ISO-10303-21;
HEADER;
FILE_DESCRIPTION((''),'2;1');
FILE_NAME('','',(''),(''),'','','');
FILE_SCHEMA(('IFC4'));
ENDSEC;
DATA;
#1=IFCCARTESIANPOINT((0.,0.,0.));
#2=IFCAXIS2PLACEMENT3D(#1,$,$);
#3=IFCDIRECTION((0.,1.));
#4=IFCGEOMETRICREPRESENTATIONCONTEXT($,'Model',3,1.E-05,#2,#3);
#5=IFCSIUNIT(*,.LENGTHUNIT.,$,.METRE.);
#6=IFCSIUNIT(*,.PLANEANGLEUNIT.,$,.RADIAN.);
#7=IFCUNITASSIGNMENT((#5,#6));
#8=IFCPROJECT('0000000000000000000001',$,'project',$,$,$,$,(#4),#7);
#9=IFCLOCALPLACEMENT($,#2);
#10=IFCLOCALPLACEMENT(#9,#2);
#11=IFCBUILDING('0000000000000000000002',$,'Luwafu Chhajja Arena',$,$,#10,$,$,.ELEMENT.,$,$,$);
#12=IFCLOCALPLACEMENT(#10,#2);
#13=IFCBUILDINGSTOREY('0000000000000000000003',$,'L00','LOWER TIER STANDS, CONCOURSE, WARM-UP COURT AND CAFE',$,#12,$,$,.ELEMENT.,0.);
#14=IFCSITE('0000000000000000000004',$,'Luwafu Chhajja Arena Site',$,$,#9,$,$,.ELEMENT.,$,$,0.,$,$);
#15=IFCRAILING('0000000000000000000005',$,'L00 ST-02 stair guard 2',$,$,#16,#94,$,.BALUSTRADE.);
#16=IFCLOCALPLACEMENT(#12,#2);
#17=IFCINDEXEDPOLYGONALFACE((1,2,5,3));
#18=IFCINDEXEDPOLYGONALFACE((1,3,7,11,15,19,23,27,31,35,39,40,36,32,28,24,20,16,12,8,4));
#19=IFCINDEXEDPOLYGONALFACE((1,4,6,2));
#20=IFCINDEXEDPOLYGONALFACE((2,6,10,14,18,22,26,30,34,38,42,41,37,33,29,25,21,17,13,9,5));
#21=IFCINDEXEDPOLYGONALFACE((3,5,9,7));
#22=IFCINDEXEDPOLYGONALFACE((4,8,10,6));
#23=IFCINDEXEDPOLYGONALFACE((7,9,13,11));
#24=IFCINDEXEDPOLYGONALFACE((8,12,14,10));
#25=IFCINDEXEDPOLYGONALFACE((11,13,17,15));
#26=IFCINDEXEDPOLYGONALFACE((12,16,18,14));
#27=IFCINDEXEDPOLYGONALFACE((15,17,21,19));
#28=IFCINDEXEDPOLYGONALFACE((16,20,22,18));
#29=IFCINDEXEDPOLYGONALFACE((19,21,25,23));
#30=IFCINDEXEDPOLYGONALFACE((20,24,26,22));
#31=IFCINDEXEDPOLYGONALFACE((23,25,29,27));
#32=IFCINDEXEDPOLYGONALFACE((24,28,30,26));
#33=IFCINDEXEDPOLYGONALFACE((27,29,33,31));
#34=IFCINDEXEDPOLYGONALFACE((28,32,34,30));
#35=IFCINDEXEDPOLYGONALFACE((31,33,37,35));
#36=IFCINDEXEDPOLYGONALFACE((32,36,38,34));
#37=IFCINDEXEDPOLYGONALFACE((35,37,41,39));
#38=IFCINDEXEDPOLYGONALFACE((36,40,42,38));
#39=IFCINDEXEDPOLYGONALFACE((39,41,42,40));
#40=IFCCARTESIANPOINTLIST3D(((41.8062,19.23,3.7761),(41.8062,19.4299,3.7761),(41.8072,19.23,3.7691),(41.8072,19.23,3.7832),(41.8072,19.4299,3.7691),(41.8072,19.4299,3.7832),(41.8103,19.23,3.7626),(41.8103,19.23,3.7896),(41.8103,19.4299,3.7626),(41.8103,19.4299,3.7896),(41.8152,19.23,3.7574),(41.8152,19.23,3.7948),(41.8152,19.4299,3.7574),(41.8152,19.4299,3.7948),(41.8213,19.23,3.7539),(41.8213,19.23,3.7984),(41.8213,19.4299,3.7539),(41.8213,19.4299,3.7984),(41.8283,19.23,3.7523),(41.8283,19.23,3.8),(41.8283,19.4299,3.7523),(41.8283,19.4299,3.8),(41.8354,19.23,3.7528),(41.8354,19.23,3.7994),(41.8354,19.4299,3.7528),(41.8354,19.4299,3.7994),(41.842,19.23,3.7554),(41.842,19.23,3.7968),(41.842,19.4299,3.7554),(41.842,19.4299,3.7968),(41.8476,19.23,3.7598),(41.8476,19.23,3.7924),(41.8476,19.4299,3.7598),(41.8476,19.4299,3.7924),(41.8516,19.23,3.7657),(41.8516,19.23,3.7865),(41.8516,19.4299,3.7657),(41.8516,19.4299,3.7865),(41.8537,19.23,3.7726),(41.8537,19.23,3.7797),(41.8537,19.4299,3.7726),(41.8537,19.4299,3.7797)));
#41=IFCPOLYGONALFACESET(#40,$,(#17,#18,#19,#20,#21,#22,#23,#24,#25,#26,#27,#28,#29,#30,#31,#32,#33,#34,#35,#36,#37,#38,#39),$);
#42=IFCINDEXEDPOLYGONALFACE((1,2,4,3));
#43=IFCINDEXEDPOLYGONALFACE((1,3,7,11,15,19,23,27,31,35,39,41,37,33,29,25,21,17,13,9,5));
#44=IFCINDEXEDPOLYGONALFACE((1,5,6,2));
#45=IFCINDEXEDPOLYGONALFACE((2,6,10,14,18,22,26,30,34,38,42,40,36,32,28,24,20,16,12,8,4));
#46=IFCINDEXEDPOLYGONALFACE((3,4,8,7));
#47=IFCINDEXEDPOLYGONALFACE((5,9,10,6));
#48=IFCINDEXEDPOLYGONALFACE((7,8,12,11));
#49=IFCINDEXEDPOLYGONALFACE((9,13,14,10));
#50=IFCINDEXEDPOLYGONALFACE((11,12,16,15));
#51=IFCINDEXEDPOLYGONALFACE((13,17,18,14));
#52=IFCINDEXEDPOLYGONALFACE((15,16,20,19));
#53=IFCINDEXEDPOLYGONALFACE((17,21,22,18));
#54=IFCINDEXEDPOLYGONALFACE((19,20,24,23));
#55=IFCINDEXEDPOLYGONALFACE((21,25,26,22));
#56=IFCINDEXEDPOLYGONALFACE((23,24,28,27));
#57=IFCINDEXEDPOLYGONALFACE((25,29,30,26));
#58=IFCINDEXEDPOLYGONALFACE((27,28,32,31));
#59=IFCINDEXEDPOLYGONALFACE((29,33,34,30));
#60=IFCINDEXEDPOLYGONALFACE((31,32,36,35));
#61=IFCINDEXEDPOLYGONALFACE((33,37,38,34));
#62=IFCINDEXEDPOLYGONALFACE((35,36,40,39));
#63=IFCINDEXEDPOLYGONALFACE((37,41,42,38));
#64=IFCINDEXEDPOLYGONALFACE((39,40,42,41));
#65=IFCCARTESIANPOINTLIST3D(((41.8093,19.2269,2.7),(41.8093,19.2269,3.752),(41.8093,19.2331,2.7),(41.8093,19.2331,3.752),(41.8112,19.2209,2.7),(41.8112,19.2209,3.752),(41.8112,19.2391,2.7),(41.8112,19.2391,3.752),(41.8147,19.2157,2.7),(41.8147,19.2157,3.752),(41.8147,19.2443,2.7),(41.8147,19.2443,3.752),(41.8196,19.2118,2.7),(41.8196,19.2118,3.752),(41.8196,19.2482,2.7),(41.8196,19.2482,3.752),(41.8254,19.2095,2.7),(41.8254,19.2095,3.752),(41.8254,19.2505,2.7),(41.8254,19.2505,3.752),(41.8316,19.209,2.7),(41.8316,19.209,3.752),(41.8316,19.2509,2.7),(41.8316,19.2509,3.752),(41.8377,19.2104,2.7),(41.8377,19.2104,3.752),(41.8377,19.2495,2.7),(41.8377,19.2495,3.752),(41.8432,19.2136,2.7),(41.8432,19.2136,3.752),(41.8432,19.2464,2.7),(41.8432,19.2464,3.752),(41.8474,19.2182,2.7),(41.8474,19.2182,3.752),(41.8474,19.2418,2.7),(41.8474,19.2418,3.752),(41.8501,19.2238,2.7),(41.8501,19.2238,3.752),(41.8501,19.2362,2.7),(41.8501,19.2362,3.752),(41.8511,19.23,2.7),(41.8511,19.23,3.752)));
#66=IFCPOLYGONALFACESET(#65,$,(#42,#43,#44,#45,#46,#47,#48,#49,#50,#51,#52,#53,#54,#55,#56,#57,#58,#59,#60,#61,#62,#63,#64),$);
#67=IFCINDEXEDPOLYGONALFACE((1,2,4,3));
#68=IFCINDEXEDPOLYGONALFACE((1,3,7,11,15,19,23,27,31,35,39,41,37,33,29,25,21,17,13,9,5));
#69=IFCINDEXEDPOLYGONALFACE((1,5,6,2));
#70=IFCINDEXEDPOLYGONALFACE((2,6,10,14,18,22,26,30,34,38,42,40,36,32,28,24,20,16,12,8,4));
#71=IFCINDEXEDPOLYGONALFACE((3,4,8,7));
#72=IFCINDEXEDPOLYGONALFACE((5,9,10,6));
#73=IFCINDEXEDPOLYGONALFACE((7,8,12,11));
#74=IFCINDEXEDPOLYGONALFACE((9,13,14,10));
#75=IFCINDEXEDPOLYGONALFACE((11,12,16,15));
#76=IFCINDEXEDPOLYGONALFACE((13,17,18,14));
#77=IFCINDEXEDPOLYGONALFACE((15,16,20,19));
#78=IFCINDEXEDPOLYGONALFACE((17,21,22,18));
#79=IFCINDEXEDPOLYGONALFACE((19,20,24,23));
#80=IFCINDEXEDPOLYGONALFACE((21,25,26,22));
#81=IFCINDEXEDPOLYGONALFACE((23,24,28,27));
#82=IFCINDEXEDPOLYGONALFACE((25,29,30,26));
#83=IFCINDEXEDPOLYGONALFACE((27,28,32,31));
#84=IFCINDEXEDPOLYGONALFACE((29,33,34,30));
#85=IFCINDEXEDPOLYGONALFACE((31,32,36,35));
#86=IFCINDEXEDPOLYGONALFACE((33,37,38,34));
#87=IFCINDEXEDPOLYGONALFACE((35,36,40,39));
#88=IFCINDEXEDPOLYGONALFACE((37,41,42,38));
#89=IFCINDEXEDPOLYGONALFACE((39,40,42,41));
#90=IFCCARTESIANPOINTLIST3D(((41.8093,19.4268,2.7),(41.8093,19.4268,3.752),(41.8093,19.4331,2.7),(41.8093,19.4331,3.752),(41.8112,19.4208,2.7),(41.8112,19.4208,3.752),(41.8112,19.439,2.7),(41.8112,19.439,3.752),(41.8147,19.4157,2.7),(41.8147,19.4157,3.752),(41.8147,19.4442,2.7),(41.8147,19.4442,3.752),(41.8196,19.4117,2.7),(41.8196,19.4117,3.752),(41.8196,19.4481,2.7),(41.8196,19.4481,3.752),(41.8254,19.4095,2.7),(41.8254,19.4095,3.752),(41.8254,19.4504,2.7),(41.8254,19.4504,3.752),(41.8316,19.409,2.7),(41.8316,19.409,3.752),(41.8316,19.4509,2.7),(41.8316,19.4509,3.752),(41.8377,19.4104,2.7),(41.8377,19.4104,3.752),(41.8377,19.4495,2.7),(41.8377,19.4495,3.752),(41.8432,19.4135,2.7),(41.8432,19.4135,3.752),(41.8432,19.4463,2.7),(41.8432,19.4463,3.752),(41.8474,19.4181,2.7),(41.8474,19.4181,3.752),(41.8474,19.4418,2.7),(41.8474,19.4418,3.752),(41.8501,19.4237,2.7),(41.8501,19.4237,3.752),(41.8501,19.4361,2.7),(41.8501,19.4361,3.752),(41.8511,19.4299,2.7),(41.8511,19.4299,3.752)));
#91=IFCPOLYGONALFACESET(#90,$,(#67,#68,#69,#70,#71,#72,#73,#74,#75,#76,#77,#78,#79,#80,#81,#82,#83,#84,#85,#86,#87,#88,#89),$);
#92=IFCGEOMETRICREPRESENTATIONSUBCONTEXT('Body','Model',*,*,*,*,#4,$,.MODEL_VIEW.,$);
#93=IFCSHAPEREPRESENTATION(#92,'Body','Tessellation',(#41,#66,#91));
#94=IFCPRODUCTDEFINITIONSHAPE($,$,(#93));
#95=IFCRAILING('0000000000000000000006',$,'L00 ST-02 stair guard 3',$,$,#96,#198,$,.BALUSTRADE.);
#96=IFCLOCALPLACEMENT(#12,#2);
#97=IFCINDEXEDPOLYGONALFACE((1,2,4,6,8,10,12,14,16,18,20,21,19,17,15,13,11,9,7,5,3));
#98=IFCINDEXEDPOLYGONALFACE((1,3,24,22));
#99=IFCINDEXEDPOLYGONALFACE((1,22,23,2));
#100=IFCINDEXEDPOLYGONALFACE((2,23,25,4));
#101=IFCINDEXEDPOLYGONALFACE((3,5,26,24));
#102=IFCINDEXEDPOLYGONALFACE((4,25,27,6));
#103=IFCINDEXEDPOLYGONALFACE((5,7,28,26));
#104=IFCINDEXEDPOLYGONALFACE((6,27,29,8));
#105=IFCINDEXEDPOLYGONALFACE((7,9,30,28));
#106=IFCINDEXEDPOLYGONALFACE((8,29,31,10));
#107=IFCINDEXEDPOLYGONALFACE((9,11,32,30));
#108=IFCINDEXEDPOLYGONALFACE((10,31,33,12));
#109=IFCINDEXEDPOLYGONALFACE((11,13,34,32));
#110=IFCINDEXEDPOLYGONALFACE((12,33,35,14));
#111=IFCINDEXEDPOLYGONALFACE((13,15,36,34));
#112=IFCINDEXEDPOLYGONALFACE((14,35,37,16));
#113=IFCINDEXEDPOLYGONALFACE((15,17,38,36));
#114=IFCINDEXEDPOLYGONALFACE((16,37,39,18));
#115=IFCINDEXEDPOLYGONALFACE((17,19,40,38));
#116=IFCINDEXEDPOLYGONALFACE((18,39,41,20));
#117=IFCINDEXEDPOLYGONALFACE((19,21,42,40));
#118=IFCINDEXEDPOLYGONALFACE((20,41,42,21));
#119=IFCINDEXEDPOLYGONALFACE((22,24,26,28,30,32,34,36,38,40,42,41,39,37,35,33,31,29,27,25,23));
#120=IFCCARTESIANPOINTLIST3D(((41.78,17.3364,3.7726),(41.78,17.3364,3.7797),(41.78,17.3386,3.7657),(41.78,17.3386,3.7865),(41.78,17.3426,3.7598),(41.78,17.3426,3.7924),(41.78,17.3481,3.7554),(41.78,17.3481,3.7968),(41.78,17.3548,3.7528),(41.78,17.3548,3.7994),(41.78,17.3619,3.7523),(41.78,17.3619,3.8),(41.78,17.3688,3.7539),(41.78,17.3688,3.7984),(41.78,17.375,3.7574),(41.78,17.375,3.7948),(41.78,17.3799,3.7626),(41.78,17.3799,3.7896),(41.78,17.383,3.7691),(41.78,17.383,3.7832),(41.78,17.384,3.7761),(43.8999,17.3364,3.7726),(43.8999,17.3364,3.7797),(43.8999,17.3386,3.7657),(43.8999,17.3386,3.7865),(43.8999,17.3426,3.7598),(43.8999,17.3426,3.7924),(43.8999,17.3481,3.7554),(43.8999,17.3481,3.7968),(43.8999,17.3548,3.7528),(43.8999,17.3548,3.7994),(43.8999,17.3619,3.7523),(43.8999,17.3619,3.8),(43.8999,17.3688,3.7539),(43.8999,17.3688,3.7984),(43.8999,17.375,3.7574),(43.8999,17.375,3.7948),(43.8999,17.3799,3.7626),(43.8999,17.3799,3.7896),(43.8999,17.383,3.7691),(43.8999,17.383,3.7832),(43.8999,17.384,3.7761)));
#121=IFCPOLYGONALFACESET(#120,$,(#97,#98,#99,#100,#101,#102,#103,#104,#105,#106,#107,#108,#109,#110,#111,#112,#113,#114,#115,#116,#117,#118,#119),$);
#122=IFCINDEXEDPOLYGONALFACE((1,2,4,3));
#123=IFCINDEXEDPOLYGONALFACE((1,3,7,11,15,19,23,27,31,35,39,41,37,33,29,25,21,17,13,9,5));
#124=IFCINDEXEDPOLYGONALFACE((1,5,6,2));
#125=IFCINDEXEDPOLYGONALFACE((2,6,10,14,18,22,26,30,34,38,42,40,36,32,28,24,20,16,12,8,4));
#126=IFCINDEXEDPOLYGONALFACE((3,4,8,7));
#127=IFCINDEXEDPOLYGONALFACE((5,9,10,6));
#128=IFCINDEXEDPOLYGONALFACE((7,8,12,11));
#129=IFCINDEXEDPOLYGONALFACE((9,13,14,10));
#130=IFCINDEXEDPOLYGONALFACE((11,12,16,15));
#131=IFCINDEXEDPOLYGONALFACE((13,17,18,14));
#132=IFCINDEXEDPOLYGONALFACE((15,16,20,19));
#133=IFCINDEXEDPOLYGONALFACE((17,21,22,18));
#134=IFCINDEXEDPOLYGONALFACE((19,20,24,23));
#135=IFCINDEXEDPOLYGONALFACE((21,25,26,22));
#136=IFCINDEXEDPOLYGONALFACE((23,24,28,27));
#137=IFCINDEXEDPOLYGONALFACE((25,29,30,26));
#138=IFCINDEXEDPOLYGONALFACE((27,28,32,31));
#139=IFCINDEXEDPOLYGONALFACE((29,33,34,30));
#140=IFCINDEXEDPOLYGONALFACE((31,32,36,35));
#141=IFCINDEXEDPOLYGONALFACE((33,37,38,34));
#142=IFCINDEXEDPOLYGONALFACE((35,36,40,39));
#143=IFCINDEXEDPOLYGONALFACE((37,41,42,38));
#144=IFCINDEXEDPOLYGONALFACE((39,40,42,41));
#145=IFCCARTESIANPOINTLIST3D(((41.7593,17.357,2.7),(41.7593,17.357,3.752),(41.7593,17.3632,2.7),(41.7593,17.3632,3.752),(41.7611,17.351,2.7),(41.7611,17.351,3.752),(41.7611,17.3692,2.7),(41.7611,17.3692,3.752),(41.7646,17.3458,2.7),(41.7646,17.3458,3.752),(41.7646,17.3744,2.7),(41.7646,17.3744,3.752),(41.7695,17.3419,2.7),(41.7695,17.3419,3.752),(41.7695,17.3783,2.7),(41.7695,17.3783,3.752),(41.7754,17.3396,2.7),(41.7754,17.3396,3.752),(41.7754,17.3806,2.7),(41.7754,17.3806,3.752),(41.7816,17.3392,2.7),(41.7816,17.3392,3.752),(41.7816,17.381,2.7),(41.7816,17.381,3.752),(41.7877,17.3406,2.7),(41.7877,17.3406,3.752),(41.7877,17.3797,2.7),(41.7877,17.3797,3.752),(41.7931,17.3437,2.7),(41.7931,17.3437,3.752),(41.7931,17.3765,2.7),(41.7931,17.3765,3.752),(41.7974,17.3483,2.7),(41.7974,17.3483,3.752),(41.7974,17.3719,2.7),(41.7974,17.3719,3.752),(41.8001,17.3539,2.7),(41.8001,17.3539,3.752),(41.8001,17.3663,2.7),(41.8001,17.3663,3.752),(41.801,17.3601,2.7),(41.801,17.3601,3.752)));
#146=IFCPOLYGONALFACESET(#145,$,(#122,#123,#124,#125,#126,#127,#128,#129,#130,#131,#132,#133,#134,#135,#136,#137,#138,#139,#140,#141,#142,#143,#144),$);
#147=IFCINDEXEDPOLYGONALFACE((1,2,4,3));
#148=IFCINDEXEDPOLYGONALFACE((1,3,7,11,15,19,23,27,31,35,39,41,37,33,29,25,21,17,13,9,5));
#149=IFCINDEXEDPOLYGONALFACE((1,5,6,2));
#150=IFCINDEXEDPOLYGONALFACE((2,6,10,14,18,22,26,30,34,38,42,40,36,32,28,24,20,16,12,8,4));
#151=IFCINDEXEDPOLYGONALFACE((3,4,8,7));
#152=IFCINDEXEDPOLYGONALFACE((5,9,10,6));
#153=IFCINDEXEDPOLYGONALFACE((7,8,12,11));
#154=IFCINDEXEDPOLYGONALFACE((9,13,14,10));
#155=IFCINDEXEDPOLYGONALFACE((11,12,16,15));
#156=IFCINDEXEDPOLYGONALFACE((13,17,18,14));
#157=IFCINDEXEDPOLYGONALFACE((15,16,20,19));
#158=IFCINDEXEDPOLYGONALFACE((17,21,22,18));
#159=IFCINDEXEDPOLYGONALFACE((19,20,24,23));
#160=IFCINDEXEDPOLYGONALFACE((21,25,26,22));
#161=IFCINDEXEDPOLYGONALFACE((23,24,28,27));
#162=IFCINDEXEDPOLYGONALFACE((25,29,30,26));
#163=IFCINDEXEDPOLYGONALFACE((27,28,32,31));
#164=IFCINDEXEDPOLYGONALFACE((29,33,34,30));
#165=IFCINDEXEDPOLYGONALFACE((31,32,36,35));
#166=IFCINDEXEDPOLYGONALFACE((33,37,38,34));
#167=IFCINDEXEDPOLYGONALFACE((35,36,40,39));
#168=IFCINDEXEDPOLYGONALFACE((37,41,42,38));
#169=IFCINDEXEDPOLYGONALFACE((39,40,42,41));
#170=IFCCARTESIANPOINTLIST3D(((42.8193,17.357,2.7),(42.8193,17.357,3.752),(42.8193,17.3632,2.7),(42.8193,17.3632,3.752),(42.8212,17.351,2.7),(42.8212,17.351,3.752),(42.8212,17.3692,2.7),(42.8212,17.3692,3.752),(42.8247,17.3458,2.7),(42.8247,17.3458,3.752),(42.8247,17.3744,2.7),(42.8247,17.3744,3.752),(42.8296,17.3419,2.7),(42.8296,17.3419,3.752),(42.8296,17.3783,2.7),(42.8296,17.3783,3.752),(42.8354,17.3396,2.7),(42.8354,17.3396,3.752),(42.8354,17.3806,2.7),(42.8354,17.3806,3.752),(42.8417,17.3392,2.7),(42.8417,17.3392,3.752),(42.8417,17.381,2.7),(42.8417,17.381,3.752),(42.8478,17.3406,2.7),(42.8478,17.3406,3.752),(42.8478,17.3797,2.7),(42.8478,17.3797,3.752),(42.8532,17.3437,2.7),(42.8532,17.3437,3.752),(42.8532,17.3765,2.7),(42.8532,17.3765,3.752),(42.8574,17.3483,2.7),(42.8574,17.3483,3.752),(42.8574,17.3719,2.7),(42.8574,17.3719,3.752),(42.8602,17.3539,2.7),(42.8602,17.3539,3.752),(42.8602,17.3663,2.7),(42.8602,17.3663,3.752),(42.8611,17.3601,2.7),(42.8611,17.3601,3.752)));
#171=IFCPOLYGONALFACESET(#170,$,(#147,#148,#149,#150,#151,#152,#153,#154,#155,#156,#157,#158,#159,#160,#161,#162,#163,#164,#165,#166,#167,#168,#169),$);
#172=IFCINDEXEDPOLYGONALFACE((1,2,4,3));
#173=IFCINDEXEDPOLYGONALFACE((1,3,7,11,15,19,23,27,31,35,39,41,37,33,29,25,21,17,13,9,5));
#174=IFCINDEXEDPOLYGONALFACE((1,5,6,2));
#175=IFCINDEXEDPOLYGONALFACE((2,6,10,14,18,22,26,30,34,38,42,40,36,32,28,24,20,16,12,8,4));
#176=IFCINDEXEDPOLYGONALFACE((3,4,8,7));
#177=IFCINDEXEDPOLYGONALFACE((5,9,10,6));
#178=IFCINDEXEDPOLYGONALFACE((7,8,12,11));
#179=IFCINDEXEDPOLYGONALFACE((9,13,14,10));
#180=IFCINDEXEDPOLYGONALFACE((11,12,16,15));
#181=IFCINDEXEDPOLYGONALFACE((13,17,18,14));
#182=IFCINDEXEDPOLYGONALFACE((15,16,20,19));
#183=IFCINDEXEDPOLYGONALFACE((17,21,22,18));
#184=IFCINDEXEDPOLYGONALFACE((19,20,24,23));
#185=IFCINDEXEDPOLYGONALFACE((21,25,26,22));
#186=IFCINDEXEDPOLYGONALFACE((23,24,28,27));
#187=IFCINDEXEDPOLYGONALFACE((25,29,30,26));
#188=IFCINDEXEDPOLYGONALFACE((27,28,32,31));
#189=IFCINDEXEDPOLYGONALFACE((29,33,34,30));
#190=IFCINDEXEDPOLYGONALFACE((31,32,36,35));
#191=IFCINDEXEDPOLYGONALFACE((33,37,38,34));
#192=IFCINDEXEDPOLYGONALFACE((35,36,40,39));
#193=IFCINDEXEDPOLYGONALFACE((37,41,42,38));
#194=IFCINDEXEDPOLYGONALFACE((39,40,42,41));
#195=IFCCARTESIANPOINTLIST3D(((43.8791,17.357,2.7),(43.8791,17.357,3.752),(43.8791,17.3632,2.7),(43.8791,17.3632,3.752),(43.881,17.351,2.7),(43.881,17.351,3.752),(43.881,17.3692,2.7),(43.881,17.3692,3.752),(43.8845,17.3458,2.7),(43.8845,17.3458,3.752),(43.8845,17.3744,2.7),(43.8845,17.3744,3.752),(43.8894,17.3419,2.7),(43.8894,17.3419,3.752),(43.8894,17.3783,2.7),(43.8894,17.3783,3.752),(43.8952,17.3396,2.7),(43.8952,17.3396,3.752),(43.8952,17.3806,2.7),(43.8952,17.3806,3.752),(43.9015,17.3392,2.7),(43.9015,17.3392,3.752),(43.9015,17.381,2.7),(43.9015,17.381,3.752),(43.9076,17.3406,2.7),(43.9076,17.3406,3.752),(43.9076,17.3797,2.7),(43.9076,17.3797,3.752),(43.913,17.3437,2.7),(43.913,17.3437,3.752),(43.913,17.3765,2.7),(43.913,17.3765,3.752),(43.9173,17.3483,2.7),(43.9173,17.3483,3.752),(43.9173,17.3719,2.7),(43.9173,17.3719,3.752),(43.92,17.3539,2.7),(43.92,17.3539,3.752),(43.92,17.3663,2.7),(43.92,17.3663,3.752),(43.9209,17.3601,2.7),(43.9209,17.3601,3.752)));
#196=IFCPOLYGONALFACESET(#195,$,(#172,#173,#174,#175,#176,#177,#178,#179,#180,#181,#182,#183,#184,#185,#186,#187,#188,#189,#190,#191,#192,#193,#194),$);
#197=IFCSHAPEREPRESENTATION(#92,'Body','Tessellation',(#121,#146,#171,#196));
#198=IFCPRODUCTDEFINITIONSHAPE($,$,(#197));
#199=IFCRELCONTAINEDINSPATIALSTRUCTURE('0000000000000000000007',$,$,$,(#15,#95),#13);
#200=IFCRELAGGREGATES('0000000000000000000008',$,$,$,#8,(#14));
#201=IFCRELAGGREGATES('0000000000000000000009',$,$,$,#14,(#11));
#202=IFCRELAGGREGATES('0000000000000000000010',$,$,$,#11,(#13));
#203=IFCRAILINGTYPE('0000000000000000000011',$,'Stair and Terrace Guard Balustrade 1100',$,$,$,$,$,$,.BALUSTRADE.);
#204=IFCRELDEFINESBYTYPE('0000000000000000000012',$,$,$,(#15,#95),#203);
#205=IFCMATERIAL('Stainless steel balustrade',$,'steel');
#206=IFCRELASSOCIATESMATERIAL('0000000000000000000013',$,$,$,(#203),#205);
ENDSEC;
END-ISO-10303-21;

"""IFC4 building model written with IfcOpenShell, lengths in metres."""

from ifc_helpers import new_model, si_unit, direction, frame, origin, origin_2d, place, context, subcontext, project, spatial, circle, extrude, material, type_object, element, save


model = new_model("IFC4")

# Units and contexts
model_context = context("Model", 3, precision=1e-05, world=origin(), true_north=direction((0.0, 1.0)))
body_context = subcontext(model_context, "Body", "Model", "MODEL_VIEW")
ifc_project = project(units=[si_unit("LENGTHUNIT", "METRE"), si_unit("PLANEANGLEUNIT", "RADIAN")], contexts=[model_context])

# Site, building, storey
site_placement = place(None, origin())
site = spatial("IfcSite", under=ifc_project, at=site_placement, Name="Luwafu Chhajja Arena Site", CompositionType="ELEMENT", RefElevation=0.0)
building_placement = place(site_placement, origin())
building = spatial("IfcBuilding", under=site, at=building_placement, Name="Luwafu Chhajja Arena", CompositionType="ELEMENT")
storey_placement = place(building_placement, origin())
storey = spatial("IfcBuildingStorey", under=building, at=storey_placement, Name="L00", Description="LOWER TIER STANDS, CONCOURSE, WARM-UP COURT AND CAFE", CompositionType="ELEMENT", Elevation=0.0)

# Railings
ifc_material_1 = material(Name="Stainless steel balustrade", Category="steel")
railing_type_1 = type_object("IfcRailingType", Name="Stair and Terrace Guard Balustrade 1100", PredefinedType="BALUSTRADE", material=ifc_material_1)
railing_1_placement = place(storey_placement, frame((41.8301, 19.23, 2.7)))
element("IfcRailing", 1, at=railing_1_placement, inside=storey, type_object=railing_type_1, Name="L00 ST-02 stair guard 2", PredefinedType="BALUSTRADE", context=body_context, shape_type="SweptSolid", body=[
    extrude(circle(Radius=0.0239, at=origin_2d()), frame((0.0, 0.0, 1.0762), z_axis=(0.0, 1.0, 0.0), x_axis=(-1.0, 0.0, 0.0)), (0.0, 0.0, 1.0), 0.2),
    extrude(circle(Radius=0.021, at=origin_2d()), origin(), (0.0, 0.0, 1.0), 1.052),
    extrude(circle(Radius=0.021, at=origin_2d()), frame((0.0, 0.2, 0.0)), (0.0, 0.0, 1.0), 1.052),
])
for number, where, name in (
    (2, (41.78, 17.3601, 2.7), "L00 ST-02 stair guard 3"),
):
    element("IfcRailing", number, at=place(storey_placement, frame(where)), inside=storey, type_object=railing_type_1, Name=name, PredefinedType="BALUSTRADE", context=body_context, shape_type="SweptSolid", body=[
        extrude(circle(Radius=0.0239, at=origin_2d()), frame((0.0, 0.0, 1.0762), z_axis=(1.0, 0.0, 0.0), x_axis=(0.0, 1.0, 0.0)), (0.0, 0.0, 1.0), 2.1199),
        extrude(circle(Radius=0.021, at=origin_2d()), origin(), (0.0, 0.0, 1.0), 1.052),
        extrude(circle(Radius=0.021, at=origin_2d()), frame((1.0601, 0.0, 0.0)), (0.0, 0.0, 1.0), 1.052),
        extrude(circle(Radius=0.021, at=origin_2d()), frame((2.1199, 0.0, 0.0)), (0.0, 0.0, 1.0), 1.052),
    ])

save(model, "model.ifc")
